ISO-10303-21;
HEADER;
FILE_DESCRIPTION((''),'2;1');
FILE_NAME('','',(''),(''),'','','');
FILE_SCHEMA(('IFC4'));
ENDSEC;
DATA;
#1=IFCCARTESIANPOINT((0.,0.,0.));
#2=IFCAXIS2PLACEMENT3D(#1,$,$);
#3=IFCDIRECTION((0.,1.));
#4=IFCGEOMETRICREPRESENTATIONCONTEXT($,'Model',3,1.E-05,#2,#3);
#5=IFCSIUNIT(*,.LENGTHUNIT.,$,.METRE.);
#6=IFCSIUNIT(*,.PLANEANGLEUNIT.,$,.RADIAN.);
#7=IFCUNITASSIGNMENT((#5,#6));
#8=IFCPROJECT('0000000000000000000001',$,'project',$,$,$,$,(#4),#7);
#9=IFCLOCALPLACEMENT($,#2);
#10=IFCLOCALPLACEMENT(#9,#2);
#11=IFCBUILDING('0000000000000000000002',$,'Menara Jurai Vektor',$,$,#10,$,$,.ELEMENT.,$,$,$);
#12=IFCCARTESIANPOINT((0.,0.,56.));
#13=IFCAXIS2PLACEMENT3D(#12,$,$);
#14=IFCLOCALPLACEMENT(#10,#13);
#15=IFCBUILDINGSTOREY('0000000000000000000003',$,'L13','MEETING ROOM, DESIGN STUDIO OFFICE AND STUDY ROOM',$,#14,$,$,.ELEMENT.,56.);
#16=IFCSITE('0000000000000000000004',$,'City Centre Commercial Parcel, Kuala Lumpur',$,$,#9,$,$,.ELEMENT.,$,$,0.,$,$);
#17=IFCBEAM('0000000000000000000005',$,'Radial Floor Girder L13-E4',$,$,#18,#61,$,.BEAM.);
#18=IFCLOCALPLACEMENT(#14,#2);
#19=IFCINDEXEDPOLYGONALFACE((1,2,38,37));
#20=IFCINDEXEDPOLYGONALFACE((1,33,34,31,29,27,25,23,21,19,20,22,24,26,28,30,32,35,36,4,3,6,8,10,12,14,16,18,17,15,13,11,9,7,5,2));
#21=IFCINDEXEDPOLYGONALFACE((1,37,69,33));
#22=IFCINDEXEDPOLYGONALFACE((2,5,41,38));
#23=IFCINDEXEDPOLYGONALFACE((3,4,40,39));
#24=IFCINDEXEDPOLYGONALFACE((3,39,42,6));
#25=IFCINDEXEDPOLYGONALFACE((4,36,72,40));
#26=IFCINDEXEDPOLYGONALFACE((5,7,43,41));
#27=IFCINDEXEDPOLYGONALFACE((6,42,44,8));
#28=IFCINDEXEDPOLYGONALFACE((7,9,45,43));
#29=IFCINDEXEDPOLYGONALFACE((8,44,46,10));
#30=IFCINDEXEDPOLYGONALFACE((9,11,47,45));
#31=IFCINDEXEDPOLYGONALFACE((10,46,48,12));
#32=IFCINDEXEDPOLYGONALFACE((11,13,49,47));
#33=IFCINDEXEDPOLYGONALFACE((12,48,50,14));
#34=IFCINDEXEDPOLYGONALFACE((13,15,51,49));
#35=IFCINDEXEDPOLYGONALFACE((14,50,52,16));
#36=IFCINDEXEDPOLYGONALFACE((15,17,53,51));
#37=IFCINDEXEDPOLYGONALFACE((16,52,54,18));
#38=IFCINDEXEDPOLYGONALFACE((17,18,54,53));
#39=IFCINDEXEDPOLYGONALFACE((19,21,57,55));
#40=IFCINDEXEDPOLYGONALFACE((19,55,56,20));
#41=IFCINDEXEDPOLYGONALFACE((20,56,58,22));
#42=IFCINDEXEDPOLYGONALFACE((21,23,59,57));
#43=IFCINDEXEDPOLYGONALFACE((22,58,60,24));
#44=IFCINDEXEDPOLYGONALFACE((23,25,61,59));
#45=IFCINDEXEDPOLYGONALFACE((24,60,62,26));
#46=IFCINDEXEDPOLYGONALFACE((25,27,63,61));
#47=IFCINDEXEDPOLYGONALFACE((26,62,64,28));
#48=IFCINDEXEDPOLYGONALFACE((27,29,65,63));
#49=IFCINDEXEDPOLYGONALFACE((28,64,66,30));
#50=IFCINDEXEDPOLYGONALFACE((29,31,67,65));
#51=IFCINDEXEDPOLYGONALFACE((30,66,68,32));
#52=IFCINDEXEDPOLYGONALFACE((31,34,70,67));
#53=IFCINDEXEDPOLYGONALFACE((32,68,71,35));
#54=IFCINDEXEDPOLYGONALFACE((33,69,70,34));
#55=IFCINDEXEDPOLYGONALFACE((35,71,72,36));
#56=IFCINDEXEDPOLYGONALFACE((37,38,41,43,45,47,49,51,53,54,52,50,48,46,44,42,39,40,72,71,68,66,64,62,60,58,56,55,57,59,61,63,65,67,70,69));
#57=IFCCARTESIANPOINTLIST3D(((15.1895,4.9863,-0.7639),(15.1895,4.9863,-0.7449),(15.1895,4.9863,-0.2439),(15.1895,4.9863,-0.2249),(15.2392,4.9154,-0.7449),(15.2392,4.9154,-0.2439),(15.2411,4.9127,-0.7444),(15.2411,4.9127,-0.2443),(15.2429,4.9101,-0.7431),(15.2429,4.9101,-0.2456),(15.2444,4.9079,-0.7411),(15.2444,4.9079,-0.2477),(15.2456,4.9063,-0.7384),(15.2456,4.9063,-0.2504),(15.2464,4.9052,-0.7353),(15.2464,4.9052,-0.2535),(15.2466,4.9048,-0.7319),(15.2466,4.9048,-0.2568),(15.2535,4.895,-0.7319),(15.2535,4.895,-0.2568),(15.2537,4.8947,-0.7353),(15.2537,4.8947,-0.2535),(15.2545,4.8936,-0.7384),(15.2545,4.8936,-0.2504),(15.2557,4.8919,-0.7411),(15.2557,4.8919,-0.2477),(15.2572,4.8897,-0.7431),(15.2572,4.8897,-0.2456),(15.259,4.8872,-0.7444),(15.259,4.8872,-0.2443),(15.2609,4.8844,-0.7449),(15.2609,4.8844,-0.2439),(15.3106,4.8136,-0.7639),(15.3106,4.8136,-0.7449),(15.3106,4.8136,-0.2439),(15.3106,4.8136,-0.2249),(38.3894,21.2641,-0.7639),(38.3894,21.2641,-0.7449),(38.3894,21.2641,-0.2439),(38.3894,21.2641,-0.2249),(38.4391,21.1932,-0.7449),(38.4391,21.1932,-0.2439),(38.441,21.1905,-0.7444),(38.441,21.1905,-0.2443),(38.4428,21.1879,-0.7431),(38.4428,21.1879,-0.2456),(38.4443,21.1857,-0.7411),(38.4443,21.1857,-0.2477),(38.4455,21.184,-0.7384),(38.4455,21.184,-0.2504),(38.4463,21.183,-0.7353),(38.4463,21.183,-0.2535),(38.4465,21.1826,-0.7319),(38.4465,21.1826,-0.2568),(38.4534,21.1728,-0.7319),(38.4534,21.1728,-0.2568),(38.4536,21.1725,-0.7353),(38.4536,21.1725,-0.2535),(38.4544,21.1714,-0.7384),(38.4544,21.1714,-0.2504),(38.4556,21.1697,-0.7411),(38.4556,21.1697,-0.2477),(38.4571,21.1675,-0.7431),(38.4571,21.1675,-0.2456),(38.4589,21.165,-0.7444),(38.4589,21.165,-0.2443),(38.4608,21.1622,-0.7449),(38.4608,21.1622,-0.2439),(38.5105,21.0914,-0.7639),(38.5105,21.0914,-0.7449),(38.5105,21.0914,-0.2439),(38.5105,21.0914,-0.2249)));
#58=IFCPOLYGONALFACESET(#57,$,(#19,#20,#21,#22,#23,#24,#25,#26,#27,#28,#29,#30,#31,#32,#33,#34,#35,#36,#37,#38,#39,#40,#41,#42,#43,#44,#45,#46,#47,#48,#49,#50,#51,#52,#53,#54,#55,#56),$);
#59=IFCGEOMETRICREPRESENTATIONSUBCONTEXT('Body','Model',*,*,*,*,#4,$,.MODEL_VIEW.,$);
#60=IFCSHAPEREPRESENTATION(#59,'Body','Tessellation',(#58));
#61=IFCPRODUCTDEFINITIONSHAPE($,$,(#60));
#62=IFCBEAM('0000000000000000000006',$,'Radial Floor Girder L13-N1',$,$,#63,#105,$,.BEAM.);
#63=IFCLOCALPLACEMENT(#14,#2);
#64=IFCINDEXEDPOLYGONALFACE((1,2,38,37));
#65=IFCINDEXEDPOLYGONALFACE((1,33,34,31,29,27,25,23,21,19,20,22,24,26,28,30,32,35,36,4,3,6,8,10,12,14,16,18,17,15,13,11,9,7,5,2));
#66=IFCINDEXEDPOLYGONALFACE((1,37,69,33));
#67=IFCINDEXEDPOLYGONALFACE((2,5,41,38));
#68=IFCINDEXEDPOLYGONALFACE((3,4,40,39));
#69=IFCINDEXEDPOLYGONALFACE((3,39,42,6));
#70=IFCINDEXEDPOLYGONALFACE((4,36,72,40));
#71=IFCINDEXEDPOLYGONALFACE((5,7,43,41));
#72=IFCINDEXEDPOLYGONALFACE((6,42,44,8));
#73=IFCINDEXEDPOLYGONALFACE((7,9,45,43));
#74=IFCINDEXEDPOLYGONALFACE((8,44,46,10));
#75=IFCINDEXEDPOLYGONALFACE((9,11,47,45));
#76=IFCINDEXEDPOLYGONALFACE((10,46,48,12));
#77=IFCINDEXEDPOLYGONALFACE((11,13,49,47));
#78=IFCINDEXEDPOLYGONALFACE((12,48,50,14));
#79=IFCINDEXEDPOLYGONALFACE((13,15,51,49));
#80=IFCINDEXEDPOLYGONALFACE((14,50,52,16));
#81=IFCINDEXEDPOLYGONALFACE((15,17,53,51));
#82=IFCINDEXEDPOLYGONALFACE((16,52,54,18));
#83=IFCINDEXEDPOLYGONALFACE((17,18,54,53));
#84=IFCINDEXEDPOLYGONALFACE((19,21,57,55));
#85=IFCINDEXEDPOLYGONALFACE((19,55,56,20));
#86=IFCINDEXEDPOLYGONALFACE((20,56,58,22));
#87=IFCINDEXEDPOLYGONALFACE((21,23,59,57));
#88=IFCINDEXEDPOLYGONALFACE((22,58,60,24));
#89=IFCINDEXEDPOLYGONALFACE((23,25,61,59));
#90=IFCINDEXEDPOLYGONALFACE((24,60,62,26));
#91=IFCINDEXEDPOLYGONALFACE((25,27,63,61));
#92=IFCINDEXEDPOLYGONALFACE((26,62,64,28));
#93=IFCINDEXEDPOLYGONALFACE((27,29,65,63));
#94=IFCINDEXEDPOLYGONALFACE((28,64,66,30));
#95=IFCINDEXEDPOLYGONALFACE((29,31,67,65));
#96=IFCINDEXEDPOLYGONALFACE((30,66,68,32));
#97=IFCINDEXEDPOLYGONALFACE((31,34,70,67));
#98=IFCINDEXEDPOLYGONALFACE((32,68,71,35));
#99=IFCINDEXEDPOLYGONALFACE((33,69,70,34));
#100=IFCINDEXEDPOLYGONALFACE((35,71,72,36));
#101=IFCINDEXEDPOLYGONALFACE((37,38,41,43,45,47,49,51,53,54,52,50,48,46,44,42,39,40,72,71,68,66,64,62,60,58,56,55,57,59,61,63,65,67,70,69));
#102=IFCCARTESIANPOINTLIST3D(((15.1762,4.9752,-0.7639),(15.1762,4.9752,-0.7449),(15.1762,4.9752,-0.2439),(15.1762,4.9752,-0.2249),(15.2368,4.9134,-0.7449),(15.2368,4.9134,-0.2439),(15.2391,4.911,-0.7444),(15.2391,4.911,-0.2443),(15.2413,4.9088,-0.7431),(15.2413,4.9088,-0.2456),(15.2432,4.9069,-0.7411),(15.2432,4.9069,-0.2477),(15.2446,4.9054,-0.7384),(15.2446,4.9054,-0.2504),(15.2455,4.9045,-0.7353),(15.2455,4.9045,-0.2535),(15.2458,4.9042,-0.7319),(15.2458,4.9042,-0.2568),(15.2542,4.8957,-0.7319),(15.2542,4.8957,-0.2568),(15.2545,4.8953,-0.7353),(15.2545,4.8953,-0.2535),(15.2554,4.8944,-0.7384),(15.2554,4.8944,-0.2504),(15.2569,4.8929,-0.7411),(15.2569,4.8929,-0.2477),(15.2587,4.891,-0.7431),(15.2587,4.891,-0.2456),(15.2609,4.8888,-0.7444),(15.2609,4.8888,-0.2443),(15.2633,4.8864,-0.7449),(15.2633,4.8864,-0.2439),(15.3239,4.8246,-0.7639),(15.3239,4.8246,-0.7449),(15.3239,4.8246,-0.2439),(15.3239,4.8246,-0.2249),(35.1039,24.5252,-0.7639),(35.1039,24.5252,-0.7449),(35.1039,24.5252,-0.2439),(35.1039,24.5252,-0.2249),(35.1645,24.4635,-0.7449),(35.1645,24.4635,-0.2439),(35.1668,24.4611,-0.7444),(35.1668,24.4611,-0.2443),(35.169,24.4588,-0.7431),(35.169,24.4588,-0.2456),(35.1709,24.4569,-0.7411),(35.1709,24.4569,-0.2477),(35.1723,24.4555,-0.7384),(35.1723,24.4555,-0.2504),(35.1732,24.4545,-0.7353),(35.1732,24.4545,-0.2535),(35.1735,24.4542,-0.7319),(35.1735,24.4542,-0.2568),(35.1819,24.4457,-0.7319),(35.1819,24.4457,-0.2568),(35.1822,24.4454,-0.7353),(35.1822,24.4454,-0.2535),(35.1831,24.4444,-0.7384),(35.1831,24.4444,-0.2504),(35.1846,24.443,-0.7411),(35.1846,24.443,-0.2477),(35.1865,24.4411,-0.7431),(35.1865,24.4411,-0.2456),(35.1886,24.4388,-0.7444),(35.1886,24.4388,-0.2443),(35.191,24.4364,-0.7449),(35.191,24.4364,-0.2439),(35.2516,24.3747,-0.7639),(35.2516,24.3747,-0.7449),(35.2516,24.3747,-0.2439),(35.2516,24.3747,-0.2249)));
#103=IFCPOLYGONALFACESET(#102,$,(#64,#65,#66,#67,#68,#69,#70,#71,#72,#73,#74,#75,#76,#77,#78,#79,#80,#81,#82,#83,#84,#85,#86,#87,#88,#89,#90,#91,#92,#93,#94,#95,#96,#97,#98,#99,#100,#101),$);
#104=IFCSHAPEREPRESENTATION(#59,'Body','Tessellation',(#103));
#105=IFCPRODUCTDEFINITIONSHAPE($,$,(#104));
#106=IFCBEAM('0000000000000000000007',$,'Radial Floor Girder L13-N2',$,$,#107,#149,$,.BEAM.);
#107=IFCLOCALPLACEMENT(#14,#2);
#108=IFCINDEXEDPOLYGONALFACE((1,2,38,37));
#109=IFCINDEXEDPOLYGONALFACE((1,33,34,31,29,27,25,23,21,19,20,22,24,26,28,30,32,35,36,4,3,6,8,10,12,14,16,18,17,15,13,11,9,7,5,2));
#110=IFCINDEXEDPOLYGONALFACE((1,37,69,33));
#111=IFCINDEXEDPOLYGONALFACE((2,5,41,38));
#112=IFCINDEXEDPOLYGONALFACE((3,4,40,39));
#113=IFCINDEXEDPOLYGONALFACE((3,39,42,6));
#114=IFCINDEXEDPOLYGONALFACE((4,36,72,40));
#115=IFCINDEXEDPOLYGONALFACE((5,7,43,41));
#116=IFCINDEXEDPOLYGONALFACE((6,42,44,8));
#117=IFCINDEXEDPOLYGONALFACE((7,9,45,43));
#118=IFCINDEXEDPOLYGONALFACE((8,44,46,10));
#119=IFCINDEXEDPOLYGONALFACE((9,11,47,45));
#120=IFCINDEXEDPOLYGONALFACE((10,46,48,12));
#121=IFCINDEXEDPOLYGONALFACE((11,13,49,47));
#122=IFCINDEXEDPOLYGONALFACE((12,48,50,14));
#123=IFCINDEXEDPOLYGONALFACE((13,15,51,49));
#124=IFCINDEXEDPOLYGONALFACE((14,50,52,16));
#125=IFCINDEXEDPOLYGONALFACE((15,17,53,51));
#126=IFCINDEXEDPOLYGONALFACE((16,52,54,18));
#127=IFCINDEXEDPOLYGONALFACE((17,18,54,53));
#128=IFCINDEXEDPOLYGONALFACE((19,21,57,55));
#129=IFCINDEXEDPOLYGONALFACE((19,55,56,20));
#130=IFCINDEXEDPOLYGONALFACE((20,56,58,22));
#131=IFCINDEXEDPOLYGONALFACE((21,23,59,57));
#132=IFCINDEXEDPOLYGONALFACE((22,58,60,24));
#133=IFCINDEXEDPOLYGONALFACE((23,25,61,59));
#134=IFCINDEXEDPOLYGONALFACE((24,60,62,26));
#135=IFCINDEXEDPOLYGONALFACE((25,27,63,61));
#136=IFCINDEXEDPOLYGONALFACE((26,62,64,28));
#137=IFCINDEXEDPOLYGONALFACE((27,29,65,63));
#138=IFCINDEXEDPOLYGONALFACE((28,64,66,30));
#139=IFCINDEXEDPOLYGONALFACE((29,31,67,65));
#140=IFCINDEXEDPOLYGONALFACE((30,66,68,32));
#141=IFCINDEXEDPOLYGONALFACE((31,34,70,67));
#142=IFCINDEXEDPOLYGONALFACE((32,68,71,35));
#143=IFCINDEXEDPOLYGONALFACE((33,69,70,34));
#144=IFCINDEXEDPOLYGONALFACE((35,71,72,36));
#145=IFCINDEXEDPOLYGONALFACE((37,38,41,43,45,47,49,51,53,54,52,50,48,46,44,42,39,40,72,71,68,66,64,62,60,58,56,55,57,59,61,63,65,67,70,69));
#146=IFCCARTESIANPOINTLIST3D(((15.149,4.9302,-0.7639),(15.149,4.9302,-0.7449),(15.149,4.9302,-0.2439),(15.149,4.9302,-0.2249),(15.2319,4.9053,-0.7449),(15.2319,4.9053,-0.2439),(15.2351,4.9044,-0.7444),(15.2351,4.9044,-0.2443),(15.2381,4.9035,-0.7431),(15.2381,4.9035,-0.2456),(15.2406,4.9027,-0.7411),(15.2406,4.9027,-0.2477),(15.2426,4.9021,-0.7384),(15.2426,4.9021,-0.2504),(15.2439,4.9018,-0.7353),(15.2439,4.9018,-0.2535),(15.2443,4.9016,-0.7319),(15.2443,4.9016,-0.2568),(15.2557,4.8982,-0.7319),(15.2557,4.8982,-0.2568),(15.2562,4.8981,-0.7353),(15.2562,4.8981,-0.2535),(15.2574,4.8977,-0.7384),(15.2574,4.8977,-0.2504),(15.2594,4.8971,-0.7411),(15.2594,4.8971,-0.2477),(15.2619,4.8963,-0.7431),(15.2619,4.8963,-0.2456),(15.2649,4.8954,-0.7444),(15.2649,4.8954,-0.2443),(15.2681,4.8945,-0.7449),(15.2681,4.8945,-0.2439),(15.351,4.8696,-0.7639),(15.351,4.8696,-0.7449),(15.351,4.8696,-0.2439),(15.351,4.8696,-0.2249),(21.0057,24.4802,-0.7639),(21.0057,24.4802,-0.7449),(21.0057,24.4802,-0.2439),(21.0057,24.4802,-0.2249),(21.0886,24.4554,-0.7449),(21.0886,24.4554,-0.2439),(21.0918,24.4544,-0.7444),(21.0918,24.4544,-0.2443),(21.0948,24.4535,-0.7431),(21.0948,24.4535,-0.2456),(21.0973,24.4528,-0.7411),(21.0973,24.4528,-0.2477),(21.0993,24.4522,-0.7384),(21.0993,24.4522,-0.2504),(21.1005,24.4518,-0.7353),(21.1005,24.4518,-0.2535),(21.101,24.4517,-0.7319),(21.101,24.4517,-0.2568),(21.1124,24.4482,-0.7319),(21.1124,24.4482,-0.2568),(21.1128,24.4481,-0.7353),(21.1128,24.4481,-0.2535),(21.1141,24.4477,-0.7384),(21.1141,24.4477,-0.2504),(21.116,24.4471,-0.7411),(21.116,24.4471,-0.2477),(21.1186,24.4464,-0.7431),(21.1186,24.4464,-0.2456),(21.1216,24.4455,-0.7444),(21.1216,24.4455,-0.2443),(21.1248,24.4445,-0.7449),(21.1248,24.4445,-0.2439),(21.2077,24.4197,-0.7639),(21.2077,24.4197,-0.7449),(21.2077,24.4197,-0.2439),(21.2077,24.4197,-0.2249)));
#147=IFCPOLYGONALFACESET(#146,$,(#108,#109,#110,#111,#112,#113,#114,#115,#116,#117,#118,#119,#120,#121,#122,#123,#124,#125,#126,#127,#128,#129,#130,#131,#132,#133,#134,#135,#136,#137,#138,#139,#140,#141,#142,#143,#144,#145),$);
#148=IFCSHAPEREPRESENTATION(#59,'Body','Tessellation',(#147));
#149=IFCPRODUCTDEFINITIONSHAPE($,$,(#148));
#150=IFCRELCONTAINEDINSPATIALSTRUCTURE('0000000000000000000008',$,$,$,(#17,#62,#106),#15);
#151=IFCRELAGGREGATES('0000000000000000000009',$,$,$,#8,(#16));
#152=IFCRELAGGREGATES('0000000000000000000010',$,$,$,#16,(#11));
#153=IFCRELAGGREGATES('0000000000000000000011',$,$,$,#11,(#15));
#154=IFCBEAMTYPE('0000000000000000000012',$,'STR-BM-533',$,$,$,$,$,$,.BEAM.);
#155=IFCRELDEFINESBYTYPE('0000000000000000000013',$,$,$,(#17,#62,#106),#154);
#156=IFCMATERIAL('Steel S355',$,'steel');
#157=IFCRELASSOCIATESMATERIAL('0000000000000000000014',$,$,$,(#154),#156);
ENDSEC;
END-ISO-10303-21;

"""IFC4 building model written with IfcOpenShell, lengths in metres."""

from ifc_helpers import new_model, si_unit, direction, frame, origin, origin_2d, place, context, subcontext, project, spatial, i_section, extrude, material, material_profile, profile_set, type_object, element, save


model = new_model("IFC4")

# Units and contexts
model_context = context("Model", 3, precision=1e-05, world=origin(), true_north=direction((0.0, 1.0)))
body_context = subcontext(model_context, "Body", "Model", "MODEL_VIEW")
ifc_project = project(units=[si_unit("LENGTHUNIT", "METRE"), si_unit("PLANEANGLEUNIT", "RADIAN")], contexts=[model_context])

# Site, building, storey
site_placement = place(None, origin())
site = spatial("IfcSite", under=ifc_project, at=site_placement, Name="City Centre Commercial Parcel, Kuala Lumpur", CompositionType="ELEMENT", RefElevation=0.0)
building_placement = place(site_placement, origin())
building = spatial("IfcBuilding", under=site, at=building_placement, Name="Menara Jurai Vektor", CompositionType="ELEMENT")
storey_placement = place(building_placement, frame((0.0, 0.0, 56.0)))
storey = spatial("IfcBuildingStorey", under=building, at=storey_placement, Name="L13", Description="MEETING ROOM, DESIGN STUDIO OFFICE AND STUDY ROOM", CompositionType="ELEMENT", Elevation=56.0)

# Beams
ifc_material_1 = material(Name="Steel S355", Category="steel")
ifc_material_profile_1 = material_profile(ifc_material_1, i_section(OverallWidth=0.2109, OverallDepth=0.5391, WebThickness=0.012, FlangeThickness=0.019, FilletRadius=0.0129, at=origin_2d()), Name="UKB 533x210x109")
ifc_profile_set_1 = profile_set([ifc_material_profile_1], Name="Steel S355")
beam_type_1 = type_object("IfcBeamType", Name="STR-BM-533", PredefinedType="BEAM", material=ifc_profile_set_1)
beam_1_placement = place(storey_placement, frame((38.45, 21.1777, -0.4944), z_axis=(-0.818604, -0.574359, 0.0), x_axis=(0.574359, -0.818604, 0.0)))
element("IfcBeam", 1, at=beam_1_placement, inside=storey, type_object=beam_type_1, Name="Radial Floor Girder L13-E4", PredefinedType="BEAM", context=body_context, shape_type="SweptSolid", body=[
    extrude(i_section(OverallWidth=0.2109, OverallDepth=0.5391, WebThickness=0.012, FlangeThickness=0.019, FilletRadius=0.0129, at=origin_2d()), origin(), (0.0, 0.0, 1.0), 28.3408),
])
beam_2_placement = place(storey_placement, frame((35.1777, 24.45, -0.4944), z_axis=(-0.713839, -0.70031, 0.0), x_axis=(0.70031, -0.713839, 0.0)))
element("IfcBeam", 2, at=beam_2_placement, inside=storey, type_object=beam_type_1, Name="Radial Floor Girder L13-N1", PredefinedType="BEAM", context=body_context, shape_type="SweptSolid", body=[
    extrude(i_section(OverallWidth=0.2109, OverallDepth=0.5391, WebThickness=0.012, FlangeThickness=0.019, FilletRadius=0.0129, at=origin_2d()), origin(), (0.0, 0.0, 1.0), 27.9163),
])
beam_3_placement = place(storey_placement, frame((21.1067, 24.45, -0.4944), z_axis=(-0.286974, -0.957938, 0.0), x_axis=(0.957938, -0.286974, 0.0)))
element("IfcBeam", 3, at=beam_3_placement, inside=storey, type_object=beam_type_1, Name="Radial Floor Girder L13-N2", PredefinedType="BEAM", context=body_context, shape_type="SweptSolid", body=[
    extrude(i_section(OverallWidth=0.2109, OverallDepth=0.5391, WebThickness=0.012, FlangeThickness=0.019, FilletRadius=0.0129, at=origin_2d()), origin(), (0.0, 0.0, 1.0), 20.4084),
])

save(model, "model.ifc")
